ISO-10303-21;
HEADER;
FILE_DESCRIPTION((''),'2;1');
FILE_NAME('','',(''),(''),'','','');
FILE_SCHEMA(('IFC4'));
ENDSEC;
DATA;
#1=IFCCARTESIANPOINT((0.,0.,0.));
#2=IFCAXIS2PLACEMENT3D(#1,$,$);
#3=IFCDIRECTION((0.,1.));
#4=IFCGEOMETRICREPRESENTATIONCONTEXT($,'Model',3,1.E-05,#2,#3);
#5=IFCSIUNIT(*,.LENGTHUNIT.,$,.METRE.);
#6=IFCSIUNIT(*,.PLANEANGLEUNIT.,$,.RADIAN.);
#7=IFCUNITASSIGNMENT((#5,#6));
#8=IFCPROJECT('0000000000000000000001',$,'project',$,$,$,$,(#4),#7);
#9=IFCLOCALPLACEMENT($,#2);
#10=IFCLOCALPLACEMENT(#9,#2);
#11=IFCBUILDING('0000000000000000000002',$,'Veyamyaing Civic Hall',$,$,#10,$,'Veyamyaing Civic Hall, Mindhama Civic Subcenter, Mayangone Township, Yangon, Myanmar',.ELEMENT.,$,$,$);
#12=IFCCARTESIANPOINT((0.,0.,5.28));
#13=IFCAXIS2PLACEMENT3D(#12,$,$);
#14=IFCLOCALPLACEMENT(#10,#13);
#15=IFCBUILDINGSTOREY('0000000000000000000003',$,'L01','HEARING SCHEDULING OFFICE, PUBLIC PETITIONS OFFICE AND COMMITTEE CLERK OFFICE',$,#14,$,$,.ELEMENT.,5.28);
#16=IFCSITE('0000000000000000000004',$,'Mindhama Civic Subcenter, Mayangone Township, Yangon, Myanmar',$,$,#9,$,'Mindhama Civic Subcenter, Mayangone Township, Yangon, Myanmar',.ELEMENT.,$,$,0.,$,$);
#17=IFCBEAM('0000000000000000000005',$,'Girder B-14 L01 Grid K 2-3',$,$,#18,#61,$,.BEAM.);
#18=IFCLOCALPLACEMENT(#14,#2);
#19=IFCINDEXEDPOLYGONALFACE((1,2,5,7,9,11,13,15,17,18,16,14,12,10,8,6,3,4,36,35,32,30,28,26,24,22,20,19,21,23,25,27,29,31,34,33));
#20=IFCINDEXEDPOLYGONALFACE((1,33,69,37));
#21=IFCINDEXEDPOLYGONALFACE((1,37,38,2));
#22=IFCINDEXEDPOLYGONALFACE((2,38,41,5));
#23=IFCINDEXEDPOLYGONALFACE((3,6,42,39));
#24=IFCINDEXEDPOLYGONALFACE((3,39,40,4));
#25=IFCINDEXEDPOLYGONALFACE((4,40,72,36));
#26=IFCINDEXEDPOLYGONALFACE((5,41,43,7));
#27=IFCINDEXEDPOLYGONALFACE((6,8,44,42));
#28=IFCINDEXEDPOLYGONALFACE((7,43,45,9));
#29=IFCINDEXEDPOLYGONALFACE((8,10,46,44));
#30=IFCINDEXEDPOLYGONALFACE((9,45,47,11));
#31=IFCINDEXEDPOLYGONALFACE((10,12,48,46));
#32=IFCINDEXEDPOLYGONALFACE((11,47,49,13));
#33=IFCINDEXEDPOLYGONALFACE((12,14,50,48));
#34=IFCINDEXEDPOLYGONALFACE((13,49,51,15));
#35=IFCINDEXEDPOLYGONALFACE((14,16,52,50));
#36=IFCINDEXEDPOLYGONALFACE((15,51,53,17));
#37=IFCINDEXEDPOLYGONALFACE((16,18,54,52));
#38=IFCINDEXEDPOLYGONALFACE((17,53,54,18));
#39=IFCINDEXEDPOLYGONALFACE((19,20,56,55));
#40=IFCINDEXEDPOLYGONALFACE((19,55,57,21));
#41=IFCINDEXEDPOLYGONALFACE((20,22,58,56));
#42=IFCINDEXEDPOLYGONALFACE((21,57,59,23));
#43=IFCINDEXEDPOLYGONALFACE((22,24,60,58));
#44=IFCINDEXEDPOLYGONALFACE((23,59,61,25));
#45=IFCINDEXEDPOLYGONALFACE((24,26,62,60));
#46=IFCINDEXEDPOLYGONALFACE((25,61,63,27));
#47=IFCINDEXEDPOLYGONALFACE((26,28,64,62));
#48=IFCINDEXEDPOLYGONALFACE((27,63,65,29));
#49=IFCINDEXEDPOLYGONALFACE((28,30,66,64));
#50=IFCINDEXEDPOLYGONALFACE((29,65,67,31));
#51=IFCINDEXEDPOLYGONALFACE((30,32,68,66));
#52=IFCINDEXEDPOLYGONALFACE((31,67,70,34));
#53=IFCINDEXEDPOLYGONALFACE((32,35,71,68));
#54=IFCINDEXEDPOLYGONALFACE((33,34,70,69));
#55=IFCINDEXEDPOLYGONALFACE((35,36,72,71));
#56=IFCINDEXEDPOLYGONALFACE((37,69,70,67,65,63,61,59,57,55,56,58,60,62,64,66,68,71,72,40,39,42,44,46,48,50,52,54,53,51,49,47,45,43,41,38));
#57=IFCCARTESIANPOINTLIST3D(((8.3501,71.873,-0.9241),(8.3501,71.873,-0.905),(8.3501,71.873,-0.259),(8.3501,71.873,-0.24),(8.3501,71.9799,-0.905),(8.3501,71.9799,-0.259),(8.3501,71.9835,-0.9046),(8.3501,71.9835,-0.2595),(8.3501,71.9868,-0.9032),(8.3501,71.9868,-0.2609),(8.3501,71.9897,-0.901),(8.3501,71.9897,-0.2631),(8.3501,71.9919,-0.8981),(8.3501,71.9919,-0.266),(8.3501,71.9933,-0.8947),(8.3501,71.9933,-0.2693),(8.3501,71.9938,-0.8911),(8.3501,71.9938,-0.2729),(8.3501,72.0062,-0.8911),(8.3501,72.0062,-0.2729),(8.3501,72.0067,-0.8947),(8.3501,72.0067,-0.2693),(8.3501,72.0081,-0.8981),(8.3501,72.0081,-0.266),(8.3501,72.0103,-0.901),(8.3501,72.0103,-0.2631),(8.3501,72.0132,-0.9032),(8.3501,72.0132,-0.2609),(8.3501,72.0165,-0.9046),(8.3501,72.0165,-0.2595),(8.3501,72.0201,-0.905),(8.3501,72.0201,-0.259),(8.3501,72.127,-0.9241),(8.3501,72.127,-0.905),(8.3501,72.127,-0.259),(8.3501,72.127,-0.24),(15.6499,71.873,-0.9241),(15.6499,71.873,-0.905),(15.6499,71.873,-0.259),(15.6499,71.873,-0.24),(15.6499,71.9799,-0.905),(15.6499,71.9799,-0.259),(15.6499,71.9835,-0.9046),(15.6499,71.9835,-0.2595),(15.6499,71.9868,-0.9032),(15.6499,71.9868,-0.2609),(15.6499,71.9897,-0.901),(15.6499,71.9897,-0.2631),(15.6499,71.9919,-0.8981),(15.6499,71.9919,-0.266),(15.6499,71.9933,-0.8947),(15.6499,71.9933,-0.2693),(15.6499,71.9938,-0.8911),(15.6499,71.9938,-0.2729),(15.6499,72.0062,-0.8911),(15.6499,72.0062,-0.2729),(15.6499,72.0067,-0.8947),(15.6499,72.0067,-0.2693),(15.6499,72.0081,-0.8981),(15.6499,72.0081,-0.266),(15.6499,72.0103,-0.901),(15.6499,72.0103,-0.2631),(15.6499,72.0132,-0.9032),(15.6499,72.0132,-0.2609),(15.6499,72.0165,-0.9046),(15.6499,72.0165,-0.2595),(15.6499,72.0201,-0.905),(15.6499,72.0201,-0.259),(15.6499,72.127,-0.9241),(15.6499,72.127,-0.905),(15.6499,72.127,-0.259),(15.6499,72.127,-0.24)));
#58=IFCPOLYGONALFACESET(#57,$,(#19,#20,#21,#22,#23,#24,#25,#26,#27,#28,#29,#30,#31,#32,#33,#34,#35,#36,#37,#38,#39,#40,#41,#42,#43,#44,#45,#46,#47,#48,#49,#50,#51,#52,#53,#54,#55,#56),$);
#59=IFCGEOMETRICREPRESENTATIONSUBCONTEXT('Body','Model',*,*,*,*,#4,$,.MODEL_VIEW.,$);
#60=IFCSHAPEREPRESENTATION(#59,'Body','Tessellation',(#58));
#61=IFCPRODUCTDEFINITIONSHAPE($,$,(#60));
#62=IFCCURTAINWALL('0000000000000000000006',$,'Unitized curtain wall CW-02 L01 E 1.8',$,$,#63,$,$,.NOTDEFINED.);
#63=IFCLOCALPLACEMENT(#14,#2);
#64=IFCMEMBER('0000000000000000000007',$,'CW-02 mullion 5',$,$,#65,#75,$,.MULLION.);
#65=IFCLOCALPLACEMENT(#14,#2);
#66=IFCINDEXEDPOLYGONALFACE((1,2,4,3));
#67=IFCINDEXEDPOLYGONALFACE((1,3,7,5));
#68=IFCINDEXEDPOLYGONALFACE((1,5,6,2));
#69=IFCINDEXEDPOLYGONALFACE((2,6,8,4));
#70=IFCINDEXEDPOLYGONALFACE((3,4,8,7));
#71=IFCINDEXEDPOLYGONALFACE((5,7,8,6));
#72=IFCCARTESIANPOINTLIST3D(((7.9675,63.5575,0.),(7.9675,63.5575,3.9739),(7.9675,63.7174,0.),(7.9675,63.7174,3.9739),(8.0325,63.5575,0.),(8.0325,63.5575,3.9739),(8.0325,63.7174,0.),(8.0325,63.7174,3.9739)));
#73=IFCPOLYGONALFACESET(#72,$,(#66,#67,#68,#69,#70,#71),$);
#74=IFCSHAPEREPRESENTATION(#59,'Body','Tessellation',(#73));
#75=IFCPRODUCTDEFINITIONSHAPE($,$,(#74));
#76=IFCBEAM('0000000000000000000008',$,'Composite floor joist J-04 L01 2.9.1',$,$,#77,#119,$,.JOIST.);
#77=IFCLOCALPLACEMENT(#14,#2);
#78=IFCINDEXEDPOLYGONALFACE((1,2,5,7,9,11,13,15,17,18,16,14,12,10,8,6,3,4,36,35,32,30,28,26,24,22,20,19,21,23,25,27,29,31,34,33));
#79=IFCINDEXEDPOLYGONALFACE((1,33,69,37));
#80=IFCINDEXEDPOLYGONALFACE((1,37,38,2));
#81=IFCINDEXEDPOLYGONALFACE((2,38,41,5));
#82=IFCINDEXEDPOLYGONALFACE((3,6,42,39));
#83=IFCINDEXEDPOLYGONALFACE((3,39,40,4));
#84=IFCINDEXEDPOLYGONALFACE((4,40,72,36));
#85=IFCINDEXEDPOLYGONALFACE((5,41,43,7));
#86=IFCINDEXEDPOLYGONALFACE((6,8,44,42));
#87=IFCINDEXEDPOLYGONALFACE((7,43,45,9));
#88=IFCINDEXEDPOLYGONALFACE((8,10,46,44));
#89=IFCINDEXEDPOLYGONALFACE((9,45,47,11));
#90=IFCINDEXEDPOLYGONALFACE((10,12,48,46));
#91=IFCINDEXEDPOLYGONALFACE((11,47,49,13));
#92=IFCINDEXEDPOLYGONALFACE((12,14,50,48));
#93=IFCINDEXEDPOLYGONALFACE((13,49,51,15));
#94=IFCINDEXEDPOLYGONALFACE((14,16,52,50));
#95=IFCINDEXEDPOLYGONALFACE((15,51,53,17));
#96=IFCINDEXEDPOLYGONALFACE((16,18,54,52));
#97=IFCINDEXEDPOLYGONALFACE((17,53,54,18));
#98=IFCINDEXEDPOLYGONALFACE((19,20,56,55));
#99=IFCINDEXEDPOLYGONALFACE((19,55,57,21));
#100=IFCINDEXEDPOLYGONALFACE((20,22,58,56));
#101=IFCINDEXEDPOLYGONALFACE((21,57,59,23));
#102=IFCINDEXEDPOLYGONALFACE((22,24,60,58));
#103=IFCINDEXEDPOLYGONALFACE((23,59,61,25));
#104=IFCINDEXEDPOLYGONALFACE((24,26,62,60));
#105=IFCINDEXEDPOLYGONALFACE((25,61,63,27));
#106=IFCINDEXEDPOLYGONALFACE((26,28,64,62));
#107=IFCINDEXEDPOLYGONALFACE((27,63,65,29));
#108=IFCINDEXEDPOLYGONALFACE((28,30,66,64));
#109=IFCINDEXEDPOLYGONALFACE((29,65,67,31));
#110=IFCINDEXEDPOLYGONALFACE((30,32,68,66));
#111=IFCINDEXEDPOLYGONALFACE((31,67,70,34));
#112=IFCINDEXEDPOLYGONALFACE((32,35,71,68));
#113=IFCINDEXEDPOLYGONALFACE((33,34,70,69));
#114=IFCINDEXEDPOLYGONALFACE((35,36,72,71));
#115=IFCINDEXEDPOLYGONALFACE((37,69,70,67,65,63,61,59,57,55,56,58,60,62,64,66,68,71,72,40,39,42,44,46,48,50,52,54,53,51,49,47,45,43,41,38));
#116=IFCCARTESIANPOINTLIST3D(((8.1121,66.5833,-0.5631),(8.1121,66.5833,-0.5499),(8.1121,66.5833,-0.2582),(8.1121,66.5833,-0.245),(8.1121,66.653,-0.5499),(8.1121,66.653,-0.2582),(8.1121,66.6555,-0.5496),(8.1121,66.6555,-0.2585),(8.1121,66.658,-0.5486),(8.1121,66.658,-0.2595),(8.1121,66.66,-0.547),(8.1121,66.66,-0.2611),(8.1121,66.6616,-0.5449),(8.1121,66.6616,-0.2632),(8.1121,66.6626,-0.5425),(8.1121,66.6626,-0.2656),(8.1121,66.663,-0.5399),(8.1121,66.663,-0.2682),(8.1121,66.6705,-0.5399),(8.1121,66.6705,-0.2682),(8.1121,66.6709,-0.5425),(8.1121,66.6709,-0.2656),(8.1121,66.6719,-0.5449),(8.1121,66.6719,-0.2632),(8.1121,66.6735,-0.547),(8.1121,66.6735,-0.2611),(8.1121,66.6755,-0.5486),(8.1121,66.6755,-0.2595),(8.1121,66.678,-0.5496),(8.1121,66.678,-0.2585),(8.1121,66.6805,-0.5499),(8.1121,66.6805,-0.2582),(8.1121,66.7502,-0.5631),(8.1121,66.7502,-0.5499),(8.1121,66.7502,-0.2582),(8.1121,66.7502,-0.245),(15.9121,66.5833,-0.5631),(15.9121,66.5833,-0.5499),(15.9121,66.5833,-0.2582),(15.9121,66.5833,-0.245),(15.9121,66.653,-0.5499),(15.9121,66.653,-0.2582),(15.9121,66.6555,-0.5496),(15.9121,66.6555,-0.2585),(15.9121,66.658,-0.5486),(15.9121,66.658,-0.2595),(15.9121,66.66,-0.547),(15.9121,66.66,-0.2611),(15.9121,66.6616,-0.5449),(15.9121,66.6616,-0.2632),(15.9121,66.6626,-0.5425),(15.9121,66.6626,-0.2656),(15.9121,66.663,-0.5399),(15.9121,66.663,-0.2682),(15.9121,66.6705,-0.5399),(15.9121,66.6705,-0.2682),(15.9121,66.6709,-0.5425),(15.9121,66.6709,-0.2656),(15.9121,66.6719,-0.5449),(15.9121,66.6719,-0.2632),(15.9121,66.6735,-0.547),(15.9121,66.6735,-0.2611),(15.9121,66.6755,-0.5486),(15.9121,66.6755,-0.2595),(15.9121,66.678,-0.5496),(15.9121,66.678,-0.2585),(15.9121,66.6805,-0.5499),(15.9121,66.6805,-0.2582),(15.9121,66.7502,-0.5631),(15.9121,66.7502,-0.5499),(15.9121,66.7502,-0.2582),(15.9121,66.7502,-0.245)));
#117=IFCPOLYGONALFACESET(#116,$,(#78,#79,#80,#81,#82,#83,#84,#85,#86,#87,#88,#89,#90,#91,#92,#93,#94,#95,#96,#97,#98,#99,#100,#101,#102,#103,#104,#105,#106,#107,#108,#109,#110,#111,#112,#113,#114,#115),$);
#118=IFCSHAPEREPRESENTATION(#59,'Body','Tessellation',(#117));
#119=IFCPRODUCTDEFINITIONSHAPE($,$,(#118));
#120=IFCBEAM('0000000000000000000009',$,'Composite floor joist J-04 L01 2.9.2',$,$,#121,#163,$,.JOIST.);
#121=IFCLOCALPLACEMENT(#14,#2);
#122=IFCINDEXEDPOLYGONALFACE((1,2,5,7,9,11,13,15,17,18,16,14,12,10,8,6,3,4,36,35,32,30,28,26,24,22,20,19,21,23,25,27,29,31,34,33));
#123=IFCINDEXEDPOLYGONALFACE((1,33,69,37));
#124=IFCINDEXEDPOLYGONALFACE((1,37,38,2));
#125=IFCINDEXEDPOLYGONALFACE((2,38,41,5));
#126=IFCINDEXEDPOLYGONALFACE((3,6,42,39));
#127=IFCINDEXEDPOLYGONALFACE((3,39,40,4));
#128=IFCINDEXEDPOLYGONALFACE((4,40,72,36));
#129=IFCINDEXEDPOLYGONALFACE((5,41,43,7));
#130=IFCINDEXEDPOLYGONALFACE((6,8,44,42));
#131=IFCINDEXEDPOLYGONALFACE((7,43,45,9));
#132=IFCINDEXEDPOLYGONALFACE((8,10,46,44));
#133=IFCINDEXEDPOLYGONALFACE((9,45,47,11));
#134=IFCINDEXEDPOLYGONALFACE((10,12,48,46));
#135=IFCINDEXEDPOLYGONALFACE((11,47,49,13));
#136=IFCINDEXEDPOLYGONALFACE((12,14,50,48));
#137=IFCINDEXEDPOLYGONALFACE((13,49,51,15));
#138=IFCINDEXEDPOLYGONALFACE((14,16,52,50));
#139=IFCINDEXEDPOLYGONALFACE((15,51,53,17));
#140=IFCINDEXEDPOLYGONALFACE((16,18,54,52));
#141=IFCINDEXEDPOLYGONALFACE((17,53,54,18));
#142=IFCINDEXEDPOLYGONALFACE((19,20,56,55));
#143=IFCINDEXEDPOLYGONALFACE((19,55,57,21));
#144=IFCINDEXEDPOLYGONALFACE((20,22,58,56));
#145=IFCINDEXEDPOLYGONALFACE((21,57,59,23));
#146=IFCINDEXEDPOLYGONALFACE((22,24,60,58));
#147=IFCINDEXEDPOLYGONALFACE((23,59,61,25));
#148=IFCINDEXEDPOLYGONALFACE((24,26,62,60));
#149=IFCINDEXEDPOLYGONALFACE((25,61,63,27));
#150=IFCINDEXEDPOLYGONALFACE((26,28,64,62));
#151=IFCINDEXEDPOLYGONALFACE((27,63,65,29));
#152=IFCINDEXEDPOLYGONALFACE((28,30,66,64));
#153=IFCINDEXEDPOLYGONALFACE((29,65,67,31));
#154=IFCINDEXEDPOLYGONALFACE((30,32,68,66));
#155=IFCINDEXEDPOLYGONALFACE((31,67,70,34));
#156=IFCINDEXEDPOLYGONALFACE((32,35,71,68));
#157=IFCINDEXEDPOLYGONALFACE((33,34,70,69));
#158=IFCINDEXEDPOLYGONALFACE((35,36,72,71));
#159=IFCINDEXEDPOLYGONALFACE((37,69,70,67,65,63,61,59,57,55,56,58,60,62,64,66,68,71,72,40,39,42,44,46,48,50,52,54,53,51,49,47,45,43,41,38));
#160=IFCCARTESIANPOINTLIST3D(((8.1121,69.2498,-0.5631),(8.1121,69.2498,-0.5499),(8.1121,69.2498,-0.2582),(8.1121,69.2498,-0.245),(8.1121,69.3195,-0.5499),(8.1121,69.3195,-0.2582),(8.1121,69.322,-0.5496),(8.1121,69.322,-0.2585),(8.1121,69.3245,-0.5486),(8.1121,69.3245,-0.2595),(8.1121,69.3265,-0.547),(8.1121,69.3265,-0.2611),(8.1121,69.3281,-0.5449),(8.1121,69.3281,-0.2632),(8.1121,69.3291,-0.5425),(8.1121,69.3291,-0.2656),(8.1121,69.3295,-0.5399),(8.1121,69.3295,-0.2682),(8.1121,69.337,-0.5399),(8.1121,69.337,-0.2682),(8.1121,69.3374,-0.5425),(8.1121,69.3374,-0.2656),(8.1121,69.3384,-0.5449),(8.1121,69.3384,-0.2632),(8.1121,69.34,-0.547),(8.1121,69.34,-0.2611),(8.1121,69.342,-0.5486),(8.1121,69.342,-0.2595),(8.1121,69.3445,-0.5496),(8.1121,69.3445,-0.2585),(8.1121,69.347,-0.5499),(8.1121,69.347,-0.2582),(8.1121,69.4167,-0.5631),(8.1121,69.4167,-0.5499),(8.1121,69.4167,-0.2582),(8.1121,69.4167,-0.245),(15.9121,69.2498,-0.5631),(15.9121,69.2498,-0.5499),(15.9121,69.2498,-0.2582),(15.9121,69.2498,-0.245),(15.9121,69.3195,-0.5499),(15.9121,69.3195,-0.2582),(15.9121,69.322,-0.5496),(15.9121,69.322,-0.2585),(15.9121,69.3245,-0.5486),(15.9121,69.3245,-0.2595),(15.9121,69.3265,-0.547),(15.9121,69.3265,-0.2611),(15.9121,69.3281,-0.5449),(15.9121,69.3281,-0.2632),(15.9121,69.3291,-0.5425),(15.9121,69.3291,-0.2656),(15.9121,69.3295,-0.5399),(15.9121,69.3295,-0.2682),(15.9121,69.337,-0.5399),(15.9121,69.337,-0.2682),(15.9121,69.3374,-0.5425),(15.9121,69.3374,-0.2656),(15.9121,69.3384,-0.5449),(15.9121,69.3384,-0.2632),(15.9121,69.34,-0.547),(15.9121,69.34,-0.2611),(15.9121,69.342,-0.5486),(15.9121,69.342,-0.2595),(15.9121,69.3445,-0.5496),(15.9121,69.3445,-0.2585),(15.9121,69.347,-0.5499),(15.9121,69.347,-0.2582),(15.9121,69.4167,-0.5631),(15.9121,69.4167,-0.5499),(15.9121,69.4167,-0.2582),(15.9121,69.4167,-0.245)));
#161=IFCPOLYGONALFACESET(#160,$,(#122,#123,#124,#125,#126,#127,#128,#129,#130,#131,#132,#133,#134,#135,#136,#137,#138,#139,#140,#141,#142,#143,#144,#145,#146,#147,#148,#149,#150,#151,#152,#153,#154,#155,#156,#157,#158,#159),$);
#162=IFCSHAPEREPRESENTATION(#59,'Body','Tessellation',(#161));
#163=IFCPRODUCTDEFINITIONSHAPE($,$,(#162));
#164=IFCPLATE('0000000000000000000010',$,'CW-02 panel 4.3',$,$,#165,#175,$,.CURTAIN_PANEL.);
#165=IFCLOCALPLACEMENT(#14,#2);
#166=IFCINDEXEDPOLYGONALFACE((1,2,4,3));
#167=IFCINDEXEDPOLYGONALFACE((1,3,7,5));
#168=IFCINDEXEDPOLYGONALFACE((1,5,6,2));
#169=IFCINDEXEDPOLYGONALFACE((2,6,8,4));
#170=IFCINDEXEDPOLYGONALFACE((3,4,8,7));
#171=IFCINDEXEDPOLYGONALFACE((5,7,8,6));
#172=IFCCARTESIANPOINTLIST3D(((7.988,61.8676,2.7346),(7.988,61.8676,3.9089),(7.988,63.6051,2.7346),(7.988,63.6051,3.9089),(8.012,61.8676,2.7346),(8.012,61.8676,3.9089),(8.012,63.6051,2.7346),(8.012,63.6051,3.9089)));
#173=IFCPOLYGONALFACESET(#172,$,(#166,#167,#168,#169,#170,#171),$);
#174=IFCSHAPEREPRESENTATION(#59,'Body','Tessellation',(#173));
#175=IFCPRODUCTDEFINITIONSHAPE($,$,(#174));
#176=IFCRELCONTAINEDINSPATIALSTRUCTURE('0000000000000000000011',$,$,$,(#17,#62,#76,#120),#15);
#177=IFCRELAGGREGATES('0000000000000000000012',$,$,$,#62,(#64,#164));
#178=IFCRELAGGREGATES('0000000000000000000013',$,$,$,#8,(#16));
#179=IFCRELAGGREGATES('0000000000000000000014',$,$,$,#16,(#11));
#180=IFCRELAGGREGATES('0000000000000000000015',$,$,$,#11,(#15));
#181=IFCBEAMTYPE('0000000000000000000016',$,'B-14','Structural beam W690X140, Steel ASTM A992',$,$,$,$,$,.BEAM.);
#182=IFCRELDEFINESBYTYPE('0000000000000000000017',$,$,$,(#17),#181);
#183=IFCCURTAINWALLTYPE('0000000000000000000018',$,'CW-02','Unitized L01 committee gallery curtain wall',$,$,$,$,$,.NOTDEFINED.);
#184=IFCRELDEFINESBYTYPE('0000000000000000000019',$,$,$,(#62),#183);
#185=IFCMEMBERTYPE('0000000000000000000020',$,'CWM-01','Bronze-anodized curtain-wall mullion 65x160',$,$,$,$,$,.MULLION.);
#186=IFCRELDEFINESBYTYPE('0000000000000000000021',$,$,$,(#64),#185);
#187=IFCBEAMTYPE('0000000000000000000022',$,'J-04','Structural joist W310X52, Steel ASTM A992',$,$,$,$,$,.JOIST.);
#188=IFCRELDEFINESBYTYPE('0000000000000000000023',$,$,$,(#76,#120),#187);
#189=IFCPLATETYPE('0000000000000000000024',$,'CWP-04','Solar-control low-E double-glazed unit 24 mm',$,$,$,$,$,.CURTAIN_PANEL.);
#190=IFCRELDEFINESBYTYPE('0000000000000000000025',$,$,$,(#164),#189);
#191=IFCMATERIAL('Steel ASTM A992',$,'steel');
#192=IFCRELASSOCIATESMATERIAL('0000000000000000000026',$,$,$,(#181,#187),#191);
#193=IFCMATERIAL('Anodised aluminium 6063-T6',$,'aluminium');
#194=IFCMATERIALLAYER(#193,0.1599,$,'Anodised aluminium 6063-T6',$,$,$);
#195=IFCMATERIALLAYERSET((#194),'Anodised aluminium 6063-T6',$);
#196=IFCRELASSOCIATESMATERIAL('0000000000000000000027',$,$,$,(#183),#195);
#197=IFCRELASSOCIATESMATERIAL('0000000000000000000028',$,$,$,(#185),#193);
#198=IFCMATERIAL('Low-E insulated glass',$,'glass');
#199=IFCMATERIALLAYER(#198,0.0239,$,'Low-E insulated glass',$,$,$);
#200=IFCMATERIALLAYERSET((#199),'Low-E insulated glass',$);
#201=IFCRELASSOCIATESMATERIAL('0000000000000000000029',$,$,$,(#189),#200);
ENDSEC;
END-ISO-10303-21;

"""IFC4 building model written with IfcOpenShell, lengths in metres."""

from ifc_helpers import new_model, si_unit, direction, frame, origin, origin_2d, place, context, subcontext, project, spatial, rectangle, i_section, extrude, material, layer, layer_set, material_profile, profile_set, type_object, element, aggregate, save


model = new_model("IFC4")

# Units and contexts
model_context = context("Model", 3, precision=1e-05, world=origin(), true_north=direction((0.0, 1.0)))
body_context = subcontext(model_context, "Body", "Model", "MODEL_VIEW")
ifc_project = project(units=[si_unit("LENGTHUNIT", "METRE"), si_unit("PLANEANGLEUNIT", "RADIAN")], contexts=[model_context])

# Site, building, storey
site_placement = place(None, origin())
site = spatial("IfcSite", under=ifc_project, at=site_placement, Name="Mindhama Civic Subcenter, Mayangone Township, Yangon, Myanmar", LongName="Mindhama Civic Subcenter, Mayangone Township, Yangon, Myanmar", CompositionType="ELEMENT", RefElevation=0.0)
building_placement = place(site_placement, origin())
building = spatial("IfcBuilding", under=site, at=building_placement, Name="Veyamyaing Civic Hall", LongName="Veyamyaing Civic Hall, Mindhama Civic Subcenter, Mayangone Township, Yangon, Myanmar", CompositionType="ELEMENT")
storey_placement = place(building_placement, frame((0.0, 0.0, 5.28)))
storey = spatial("IfcBuildingStorey", under=building, at=storey_placement, Name="L01", Description="HEARING SCHEDULING OFFICE, PUBLIC PETITIONS OFFICE AND COMMITTEE CLERK OFFICE", CompositionType="ELEMENT", Elevation=5.28)

# Beam
ifc_material_1 = material(Name="Steel ASTM A992", Category="steel")
ifc_material_profile_1 = material_profile(ifc_material_1, i_section(OverallWidth=0.2539, OverallDepth=0.6841, WebThickness=0.0125, FlangeThickness=0.019, FilletRadius=0.0139, at=origin_2d()), Name="W690X140")
ifc_profile_set_1 = profile_set([ifc_material_profile_1], Name="Steel ASTM A992")
beam_type_1 = type_object("IfcBeamType", Name="B-14", Description="Structural beam W690X140, Steel ASTM A992", PredefinedType="BEAM", material=ifc_profile_set_1)
beam_1_placement = place(storey_placement, frame((8.3501, 72.0, -0.582), z_axis=(1.0, 0.0, 0.0), x_axis=(0.0, 1.0, 0.0)))
element("IfcBeam", 1, at=beam_1_placement, inside=storey, type_object=beam_type_1, Name="Girder B-14 L01 Grid K 2-3", PredefinedType="BEAM", context=body_context, shape_type="SweptSolid", body=[
    extrude(i_section(OverallWidth=0.2539, OverallDepth=0.6841, WebThickness=0.0125, FlangeThickness=0.019, FilletRadius=0.0139, at=origin_2d()), origin(), (0.0, 0.0, 1.0), 7.2998),
])

# Curtain wall, member
ifc_material_2 = material(Name="Anodised aluminium 6063-T6", Category="aluminium")
ifc_layer_1 = layer(ifc_material_2, 0.1599, Name="Anodised aluminium 6063-T6")
ifc_layer_set_1 = layer_set([ifc_layer_1], Name="Anodised aluminium 6063-T6")
curtain_wall_type = type_object("IfcCurtainWallType", Name="CW-02", Description="Unitized L01 committee gallery curtain wall", PredefinedType="NOTDEFINED", material=ifc_layer_set_1)
curtain_wall_placement = place(storey_placement, origin())
curtain_wall = element("IfcCurtainWall", 2, at=curtain_wall_placement, inside=storey, type_object=curtain_wall_type, Name="Unitized curtain wall CW-02 L01 E 1.8", PredefinedType="NOTDEFINED")
ifc_material_profile_2 = material_profile(ifc_material_2, rectangle(XDim=0.0649, YDim=0.1599, at=origin_2d()), Name="ALU-MUL-65X160")
ifc_profile_set_2 = profile_set([ifc_material_profile_2], Name="Anodised aluminium 6063-T6")
member_type = type_object("IfcMemberType", Name="CWM-01", Description="Bronze-anodized curtain-wall mullion 65x160", PredefinedType="MULLION", material=ifc_profile_set_2)
member_placement = place(storey_placement, frame((8.0, 63.6375, 0.0), z_axis=(0.0, 0.0, 1.0), x_axis=(-1.0, 0.0, 0.0)))
member = element("IfcMember", 3, at=member_placement, type_object=member_type, Name="CW-02 mullion 5", PredefinedType="MULLION", context=body_context, shape_type="SweptSolid", body=[
    extrude(rectangle(XDim=0.0649, YDim=0.1599, at=origin_2d()), origin(), (0.0, 0.0, 1.0), 3.9739),
])

# Beams
ifc_material_profile_3 = material_profile(ifc_material_1, i_section(OverallWidth=0.167, OverallDepth=0.3181, WebThickness=0.0076, FlangeThickness=0.0132, FilletRadius=0.01, at=origin_2d()), Name="W310X52")
ifc_profile_set_3 = profile_set([ifc_material_profile_3], Name="Steel ASTM A992")
beam_type_2 = type_object("IfcBeamType", Name="J-04", Description="Structural joist W310X52, Steel ASTM A992", PredefinedType="JOIST", material=ifc_profile_set_3)
for number, where, z_axis, x_axis, name in (
    (4, (8.1121, 66.6667, -0.4041), (1.0, 0.0, 0.0), (0.0, 1.0, 0.0), "Composite floor joist J-04 L01 2.9.1"),
    (5, (8.1121, 69.3333, -0.4041), (1.0, 0.0, 0.0), (0.0, 1.0, 0.0), "Composite floor joist J-04 L01 2.9.2"),
):
    element("IfcBeam", number, at=place(storey_placement, frame(where, z_axis=z_axis, x_axis=x_axis)), inside=storey, type_object=beam_type_2, Name=name, PredefinedType="JOIST", context=body_context, shape_type="SweptSolid", body=[
        extrude(i_section(OverallWidth=0.167, OverallDepth=0.3181, WebThickness=0.0076, FlangeThickness=0.0132, FilletRadius=0.01, at=origin_2d()), origin(), (0.0, 0.0, 1.0), 7.8),
    ])

# Plate
ifc_material_3 = material(Name="Low-E insulated glass", Category="glass")
ifc_layer_2 = layer(ifc_material_3, 0.0239, Name="Low-E insulated glass")
ifc_layer_set_2 = layer_set([ifc_layer_2], Name="Low-E insulated glass")
plate_type = type_object("IfcPlateType", Name="CWP-04", Description="Solar-control low-E double-glazed unit 24 mm", PredefinedType="CURTAIN_PANEL", material=ifc_layer_set_2)
plate_placement = place(storey_placement, frame((8.0, 62.7363, 2.7346), z_axis=(0.0, 0.0, 1.0), x_axis=(0.0, 1.0, 0.0)))
plate = element("IfcPlate", 6, at=plate_placement, type_object=plate_type, Name="CW-02 panel 4.3", PredefinedType="CURTAIN_PANEL", context=body_context, shape_type="SweptSolid", body=[
    extrude(rectangle(XDim=1.7375, YDim=0.0239, at=origin_2d()), origin(), (0.0, 0.0, 1.0), 1.1743),
])
aggregate(curtain_wall, [member, plate])

save(model, "model.ifc")
